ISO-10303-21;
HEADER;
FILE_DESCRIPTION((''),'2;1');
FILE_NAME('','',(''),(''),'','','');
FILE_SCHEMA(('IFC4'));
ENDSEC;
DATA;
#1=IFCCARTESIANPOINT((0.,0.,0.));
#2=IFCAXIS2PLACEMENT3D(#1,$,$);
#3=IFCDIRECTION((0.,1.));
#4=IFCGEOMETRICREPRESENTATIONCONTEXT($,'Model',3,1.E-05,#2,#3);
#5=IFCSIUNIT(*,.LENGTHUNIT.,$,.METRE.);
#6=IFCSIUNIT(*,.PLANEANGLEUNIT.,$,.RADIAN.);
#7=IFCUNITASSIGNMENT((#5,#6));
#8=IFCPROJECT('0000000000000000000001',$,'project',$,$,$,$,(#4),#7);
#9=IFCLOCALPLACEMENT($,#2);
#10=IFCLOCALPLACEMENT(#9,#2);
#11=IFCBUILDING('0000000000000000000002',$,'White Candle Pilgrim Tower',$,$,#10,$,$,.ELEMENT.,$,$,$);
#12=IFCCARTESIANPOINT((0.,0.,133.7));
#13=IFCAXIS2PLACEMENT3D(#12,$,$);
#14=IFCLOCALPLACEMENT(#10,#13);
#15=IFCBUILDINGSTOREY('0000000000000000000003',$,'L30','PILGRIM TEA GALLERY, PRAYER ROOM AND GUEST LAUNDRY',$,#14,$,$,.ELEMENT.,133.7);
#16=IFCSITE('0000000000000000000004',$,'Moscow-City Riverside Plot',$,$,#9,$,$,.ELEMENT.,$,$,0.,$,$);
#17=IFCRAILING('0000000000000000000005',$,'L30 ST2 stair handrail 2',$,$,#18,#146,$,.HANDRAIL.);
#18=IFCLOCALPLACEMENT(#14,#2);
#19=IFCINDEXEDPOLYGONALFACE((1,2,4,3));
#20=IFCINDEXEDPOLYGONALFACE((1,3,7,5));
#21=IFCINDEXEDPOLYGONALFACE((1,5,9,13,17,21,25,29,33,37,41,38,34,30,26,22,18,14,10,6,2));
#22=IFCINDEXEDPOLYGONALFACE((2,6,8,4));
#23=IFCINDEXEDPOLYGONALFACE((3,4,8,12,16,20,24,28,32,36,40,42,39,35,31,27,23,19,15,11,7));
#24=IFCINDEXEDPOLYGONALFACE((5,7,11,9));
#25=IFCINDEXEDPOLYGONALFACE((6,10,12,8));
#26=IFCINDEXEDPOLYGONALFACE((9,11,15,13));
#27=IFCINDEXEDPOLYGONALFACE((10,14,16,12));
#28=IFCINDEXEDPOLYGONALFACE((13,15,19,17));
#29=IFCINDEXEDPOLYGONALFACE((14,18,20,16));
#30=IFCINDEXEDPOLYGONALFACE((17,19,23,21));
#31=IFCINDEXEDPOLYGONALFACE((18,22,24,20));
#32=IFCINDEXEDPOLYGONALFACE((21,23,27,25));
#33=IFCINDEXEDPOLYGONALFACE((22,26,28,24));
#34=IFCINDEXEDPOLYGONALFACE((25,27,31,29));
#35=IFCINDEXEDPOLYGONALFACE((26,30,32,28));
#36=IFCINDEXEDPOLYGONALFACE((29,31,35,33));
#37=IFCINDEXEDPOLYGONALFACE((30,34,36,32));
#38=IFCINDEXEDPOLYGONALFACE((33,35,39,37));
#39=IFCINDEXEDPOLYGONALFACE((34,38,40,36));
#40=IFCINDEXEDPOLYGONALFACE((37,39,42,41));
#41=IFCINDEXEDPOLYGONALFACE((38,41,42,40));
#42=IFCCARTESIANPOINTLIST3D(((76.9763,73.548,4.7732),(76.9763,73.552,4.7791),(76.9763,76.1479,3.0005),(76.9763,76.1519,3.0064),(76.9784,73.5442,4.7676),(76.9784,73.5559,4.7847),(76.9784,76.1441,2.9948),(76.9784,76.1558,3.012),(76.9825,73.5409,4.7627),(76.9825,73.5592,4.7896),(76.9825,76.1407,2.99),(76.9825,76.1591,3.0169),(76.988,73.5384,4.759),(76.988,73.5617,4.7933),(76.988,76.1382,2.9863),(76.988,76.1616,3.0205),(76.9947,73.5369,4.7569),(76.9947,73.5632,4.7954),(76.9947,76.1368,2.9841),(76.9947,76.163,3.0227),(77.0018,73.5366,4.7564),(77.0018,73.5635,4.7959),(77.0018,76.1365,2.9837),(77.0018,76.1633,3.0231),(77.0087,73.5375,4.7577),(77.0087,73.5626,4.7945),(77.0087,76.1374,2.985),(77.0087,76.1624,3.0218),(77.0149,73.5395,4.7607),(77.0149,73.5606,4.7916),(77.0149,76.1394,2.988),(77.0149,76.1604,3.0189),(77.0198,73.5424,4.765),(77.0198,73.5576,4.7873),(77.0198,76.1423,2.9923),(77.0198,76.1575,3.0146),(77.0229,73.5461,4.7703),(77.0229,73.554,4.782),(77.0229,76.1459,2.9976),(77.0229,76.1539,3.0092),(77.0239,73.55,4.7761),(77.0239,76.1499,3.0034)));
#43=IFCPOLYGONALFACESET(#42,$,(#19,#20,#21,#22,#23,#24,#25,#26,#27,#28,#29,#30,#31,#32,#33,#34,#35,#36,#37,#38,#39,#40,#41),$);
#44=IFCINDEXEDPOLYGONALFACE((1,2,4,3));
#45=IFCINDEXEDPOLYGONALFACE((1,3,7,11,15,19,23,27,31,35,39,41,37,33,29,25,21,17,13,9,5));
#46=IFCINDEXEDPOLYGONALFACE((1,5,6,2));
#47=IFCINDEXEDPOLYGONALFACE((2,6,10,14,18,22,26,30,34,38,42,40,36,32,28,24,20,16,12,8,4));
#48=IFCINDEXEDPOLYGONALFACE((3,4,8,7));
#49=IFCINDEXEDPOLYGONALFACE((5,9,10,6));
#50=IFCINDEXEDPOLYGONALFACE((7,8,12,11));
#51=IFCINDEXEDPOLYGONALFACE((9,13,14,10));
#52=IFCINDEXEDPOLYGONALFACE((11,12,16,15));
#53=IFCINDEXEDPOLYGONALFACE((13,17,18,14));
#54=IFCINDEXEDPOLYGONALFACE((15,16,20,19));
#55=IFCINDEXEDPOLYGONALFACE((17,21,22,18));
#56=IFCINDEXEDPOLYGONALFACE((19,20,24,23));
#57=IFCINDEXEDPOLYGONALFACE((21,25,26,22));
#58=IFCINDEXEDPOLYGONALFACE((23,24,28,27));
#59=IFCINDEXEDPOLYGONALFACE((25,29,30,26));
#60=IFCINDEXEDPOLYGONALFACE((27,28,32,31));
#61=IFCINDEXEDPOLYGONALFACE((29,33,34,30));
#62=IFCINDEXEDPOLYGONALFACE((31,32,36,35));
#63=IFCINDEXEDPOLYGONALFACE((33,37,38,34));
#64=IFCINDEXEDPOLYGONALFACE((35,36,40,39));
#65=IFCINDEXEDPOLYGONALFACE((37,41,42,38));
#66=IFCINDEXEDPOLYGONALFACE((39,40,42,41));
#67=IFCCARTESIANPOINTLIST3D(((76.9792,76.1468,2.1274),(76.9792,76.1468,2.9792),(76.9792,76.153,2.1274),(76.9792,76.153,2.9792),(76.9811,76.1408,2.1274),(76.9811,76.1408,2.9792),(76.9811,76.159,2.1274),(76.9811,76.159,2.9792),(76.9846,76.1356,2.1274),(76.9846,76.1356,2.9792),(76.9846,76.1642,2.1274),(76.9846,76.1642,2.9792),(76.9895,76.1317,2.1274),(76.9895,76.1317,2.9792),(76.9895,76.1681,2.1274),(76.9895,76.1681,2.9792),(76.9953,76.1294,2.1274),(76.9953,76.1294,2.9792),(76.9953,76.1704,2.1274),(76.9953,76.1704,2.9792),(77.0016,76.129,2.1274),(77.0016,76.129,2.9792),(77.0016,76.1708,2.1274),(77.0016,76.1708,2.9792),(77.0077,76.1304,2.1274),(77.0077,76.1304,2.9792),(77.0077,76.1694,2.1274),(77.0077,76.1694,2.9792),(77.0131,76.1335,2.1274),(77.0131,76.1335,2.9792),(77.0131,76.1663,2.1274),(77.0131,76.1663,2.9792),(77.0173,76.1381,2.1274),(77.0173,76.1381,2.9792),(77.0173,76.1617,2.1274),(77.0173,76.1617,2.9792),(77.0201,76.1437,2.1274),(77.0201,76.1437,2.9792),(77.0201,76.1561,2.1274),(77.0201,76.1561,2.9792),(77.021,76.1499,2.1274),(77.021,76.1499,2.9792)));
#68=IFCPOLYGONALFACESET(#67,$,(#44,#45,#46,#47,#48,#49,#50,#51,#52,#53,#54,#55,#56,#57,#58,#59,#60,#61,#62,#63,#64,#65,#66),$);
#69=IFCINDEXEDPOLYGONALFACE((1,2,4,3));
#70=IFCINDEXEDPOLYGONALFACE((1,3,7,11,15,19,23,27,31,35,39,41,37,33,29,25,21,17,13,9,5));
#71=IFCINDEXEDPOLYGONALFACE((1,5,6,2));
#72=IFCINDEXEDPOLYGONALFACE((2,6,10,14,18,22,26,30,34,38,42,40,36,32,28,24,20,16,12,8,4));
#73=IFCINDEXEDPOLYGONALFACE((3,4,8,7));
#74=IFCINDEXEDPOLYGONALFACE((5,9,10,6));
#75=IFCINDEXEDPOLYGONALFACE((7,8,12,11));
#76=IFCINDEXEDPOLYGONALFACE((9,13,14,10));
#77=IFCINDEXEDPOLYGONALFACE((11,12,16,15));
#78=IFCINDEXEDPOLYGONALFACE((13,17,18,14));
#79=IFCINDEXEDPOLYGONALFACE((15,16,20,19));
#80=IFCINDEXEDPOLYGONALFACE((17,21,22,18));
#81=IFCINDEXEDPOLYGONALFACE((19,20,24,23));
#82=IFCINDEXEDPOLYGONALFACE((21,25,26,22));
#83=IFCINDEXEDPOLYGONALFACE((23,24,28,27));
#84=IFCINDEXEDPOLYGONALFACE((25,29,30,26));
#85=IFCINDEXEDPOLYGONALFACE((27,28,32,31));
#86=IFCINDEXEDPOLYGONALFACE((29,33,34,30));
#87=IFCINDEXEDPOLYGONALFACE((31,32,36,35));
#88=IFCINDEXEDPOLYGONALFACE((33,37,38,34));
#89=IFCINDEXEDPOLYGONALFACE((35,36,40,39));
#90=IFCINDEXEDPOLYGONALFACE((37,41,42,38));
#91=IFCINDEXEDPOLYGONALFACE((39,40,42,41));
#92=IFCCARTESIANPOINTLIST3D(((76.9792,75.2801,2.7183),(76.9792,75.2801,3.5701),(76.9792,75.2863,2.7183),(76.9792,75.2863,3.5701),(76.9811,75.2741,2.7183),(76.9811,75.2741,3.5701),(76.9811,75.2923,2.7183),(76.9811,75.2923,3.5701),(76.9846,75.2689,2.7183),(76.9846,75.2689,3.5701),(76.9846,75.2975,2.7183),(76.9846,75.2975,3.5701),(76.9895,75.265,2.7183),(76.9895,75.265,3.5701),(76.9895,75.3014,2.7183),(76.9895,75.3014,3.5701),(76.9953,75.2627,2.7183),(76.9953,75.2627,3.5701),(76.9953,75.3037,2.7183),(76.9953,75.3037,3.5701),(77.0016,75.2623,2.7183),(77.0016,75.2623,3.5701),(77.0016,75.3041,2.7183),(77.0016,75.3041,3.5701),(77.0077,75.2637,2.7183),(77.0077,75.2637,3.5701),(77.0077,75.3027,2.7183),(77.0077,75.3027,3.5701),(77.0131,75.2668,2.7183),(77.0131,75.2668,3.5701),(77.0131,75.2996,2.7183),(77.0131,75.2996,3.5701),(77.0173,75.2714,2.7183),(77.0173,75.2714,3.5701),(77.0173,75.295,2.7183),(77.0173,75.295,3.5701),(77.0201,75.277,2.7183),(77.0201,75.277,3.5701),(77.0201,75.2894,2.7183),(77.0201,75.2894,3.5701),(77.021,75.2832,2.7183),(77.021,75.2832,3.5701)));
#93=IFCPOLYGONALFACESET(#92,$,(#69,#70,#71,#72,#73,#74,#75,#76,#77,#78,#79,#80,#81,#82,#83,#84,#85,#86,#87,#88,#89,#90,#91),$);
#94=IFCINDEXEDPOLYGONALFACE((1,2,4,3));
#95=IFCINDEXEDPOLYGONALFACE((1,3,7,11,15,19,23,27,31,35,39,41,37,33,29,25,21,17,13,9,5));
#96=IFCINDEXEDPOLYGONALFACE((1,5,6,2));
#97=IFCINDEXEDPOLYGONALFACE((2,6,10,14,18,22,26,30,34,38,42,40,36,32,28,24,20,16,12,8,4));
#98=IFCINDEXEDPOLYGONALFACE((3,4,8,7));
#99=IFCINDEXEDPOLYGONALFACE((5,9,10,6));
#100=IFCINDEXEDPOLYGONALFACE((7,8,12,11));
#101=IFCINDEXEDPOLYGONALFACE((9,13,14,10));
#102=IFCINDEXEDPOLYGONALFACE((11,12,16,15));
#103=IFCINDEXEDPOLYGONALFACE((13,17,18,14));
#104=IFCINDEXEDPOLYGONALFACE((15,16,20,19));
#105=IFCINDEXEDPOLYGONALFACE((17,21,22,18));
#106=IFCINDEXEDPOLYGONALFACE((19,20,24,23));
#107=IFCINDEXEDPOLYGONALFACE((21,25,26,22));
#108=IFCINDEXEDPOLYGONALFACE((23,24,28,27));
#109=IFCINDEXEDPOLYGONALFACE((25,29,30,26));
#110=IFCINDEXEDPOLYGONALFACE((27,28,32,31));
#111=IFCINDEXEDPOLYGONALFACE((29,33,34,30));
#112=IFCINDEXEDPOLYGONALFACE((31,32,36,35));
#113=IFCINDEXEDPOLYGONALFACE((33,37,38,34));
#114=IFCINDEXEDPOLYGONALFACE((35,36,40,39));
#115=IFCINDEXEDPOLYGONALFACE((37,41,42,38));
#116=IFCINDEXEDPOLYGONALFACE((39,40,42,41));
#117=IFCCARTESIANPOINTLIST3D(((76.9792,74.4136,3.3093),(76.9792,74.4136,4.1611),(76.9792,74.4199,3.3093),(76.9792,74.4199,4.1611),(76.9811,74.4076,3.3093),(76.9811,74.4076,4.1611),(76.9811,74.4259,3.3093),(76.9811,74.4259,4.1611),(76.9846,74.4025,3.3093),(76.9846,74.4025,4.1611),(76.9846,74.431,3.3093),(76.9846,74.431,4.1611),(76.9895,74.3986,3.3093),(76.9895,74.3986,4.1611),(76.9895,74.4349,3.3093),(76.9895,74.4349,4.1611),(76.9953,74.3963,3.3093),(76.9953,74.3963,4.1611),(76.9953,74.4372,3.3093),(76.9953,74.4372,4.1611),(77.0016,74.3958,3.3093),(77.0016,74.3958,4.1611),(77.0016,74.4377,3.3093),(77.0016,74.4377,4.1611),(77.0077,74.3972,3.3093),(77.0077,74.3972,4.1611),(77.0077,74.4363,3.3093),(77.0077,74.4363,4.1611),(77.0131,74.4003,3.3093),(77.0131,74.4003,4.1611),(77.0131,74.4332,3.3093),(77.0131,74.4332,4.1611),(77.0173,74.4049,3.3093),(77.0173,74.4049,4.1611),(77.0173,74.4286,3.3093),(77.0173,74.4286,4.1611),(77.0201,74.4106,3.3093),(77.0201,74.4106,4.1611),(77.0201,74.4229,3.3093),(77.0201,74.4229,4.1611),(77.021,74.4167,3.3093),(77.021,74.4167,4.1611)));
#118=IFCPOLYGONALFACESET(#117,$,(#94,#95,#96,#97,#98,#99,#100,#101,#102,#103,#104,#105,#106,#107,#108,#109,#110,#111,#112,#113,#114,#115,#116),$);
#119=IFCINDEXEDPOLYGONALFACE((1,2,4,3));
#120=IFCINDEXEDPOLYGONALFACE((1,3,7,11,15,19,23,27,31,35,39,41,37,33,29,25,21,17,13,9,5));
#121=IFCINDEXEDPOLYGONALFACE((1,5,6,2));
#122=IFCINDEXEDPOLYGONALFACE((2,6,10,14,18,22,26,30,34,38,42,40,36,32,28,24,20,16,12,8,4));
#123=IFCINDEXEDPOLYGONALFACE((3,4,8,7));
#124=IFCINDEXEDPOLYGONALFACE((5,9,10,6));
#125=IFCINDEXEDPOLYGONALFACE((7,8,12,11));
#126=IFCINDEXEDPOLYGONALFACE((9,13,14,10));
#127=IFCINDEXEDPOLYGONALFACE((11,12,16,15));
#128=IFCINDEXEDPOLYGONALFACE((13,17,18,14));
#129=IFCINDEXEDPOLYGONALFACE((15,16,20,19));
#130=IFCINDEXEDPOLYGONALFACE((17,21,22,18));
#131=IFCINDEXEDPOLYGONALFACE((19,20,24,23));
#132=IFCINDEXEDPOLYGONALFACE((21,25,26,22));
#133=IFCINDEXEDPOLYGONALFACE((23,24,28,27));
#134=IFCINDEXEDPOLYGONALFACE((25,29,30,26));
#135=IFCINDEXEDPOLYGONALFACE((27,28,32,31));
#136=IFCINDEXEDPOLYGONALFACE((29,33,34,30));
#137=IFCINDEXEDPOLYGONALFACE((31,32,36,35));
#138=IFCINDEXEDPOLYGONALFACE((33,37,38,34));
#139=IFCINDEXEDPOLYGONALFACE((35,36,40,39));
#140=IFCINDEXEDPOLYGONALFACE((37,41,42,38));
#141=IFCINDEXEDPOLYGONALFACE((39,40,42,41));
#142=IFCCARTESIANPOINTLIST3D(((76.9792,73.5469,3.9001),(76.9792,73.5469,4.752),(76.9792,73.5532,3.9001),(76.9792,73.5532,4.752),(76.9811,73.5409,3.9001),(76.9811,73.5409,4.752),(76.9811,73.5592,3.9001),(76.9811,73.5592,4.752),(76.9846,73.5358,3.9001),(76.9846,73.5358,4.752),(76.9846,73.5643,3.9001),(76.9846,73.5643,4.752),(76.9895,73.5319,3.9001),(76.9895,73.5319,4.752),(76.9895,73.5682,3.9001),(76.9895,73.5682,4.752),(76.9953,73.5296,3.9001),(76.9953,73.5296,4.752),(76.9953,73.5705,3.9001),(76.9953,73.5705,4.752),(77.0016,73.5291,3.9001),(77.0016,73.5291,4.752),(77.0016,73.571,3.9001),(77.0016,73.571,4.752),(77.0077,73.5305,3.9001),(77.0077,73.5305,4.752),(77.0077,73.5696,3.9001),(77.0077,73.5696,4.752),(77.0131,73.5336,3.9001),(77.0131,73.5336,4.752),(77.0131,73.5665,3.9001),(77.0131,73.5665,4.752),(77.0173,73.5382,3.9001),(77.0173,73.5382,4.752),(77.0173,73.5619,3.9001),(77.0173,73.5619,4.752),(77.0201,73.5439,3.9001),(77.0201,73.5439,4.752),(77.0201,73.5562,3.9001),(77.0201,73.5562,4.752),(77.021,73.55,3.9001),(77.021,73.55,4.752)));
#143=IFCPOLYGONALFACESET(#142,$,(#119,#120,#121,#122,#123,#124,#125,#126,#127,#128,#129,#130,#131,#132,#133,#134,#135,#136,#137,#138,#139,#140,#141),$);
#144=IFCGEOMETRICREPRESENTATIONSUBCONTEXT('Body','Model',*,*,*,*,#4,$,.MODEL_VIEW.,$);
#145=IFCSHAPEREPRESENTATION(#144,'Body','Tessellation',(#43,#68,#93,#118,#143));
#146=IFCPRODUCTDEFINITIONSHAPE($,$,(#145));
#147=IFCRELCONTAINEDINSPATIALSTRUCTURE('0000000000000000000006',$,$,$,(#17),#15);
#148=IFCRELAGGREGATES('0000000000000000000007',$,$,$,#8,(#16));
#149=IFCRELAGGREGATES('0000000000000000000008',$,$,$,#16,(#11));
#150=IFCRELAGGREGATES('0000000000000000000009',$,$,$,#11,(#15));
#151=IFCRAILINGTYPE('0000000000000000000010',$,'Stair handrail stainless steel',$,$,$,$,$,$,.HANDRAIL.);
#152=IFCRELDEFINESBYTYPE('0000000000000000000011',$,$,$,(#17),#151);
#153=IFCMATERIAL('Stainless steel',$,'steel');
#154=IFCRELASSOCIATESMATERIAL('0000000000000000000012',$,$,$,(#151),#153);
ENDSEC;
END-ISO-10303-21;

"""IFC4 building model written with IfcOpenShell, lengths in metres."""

from ifc_helpers import new_model, si_unit, direction, frame, origin, origin_2d, place, context, subcontext, project, spatial, circle, extrude, material, type_object, element, save


model = new_model("IFC4")

# Units and contexts
model_context = context("Model", 3, precision=1e-05, world=origin(), true_north=direction((0.0, 1.0)))
body_context = subcontext(model_context, "Body", "Model", "MODEL_VIEW")
ifc_project = project(units=[si_unit("LENGTHUNIT", "METRE"), si_unit("PLANEANGLEUNIT", "RADIAN")], contexts=[model_context])

# Site, building, storey
site_placement = place(None, origin())
site = spatial("IfcSite", under=ifc_project, at=site_placement, Name="Moscow-City Riverside Plot", CompositionType="ELEMENT", RefElevation=0.0)
building_placement = place(site_placement, origin())
building = spatial("IfcBuilding", under=site, at=building_placement, Name="White Candle Pilgrim Tower", CompositionType="ELEMENT")
storey_placement = place(building_placement, frame((0.0, 0.0, 133.7)))
storey = spatial("IfcBuildingStorey", under=building, at=storey_placement, Name="L30", Description="PILGRIM TEA GALLERY, PRAYER ROOM AND GUEST LAUNDRY", CompositionType="ELEMENT", Elevation=133.7)

# Railing
ifc_material_1 = material(Name="Stainless steel", Category="steel")
railing_type_1 = type_object("IfcRailingType", Name="Stair handrail stainless steel", PredefinedType="HANDRAIL", material=ifc_material_1)
railing_1_placement = place(storey_placement, frame((77.0, 76.1499, 2.1274)))
element("IfcRailing", 1, at=railing_1_placement, inside=storey, type_object=railing_type_1, Name="L30 ST2 stair handrail 2", PredefinedType="HANDRAIL", context=body_context, shape_type="SweptSolid", body=[
    extrude(circle(Radius=0.0239, at=origin_2d()), frame((0.0, 0.0, 0.876), z_axis=(0.0, -0.826216, 0.563354), x_axis=(1.0, 0.0, 0.0)), (0.0, 0.0, 1.0), 3.1467),
    extrude(circle(Radius=0.021, at=origin_2d()), origin(), (0.0, 0.0, 1.0), 0.8518),
    extrude(circle(Radius=0.021, at=origin_2d()), frame((0.0, -0.8667, 0.5908)), (0.0, 0.0, 1.0), 0.8518),
    extrude(circle(Radius=0.021, at=origin_2d()), frame((0.0, -1.7332, 1.1819)), (0.0, 0.0, 1.0), 0.8518),
    extrude(circle(Radius=0.021, at=origin_2d()), frame((0.0, -2.5999, 1.7727)), (0.0, 0.0, 1.0), 0.8518),
])

save(model, "model.ifc")
